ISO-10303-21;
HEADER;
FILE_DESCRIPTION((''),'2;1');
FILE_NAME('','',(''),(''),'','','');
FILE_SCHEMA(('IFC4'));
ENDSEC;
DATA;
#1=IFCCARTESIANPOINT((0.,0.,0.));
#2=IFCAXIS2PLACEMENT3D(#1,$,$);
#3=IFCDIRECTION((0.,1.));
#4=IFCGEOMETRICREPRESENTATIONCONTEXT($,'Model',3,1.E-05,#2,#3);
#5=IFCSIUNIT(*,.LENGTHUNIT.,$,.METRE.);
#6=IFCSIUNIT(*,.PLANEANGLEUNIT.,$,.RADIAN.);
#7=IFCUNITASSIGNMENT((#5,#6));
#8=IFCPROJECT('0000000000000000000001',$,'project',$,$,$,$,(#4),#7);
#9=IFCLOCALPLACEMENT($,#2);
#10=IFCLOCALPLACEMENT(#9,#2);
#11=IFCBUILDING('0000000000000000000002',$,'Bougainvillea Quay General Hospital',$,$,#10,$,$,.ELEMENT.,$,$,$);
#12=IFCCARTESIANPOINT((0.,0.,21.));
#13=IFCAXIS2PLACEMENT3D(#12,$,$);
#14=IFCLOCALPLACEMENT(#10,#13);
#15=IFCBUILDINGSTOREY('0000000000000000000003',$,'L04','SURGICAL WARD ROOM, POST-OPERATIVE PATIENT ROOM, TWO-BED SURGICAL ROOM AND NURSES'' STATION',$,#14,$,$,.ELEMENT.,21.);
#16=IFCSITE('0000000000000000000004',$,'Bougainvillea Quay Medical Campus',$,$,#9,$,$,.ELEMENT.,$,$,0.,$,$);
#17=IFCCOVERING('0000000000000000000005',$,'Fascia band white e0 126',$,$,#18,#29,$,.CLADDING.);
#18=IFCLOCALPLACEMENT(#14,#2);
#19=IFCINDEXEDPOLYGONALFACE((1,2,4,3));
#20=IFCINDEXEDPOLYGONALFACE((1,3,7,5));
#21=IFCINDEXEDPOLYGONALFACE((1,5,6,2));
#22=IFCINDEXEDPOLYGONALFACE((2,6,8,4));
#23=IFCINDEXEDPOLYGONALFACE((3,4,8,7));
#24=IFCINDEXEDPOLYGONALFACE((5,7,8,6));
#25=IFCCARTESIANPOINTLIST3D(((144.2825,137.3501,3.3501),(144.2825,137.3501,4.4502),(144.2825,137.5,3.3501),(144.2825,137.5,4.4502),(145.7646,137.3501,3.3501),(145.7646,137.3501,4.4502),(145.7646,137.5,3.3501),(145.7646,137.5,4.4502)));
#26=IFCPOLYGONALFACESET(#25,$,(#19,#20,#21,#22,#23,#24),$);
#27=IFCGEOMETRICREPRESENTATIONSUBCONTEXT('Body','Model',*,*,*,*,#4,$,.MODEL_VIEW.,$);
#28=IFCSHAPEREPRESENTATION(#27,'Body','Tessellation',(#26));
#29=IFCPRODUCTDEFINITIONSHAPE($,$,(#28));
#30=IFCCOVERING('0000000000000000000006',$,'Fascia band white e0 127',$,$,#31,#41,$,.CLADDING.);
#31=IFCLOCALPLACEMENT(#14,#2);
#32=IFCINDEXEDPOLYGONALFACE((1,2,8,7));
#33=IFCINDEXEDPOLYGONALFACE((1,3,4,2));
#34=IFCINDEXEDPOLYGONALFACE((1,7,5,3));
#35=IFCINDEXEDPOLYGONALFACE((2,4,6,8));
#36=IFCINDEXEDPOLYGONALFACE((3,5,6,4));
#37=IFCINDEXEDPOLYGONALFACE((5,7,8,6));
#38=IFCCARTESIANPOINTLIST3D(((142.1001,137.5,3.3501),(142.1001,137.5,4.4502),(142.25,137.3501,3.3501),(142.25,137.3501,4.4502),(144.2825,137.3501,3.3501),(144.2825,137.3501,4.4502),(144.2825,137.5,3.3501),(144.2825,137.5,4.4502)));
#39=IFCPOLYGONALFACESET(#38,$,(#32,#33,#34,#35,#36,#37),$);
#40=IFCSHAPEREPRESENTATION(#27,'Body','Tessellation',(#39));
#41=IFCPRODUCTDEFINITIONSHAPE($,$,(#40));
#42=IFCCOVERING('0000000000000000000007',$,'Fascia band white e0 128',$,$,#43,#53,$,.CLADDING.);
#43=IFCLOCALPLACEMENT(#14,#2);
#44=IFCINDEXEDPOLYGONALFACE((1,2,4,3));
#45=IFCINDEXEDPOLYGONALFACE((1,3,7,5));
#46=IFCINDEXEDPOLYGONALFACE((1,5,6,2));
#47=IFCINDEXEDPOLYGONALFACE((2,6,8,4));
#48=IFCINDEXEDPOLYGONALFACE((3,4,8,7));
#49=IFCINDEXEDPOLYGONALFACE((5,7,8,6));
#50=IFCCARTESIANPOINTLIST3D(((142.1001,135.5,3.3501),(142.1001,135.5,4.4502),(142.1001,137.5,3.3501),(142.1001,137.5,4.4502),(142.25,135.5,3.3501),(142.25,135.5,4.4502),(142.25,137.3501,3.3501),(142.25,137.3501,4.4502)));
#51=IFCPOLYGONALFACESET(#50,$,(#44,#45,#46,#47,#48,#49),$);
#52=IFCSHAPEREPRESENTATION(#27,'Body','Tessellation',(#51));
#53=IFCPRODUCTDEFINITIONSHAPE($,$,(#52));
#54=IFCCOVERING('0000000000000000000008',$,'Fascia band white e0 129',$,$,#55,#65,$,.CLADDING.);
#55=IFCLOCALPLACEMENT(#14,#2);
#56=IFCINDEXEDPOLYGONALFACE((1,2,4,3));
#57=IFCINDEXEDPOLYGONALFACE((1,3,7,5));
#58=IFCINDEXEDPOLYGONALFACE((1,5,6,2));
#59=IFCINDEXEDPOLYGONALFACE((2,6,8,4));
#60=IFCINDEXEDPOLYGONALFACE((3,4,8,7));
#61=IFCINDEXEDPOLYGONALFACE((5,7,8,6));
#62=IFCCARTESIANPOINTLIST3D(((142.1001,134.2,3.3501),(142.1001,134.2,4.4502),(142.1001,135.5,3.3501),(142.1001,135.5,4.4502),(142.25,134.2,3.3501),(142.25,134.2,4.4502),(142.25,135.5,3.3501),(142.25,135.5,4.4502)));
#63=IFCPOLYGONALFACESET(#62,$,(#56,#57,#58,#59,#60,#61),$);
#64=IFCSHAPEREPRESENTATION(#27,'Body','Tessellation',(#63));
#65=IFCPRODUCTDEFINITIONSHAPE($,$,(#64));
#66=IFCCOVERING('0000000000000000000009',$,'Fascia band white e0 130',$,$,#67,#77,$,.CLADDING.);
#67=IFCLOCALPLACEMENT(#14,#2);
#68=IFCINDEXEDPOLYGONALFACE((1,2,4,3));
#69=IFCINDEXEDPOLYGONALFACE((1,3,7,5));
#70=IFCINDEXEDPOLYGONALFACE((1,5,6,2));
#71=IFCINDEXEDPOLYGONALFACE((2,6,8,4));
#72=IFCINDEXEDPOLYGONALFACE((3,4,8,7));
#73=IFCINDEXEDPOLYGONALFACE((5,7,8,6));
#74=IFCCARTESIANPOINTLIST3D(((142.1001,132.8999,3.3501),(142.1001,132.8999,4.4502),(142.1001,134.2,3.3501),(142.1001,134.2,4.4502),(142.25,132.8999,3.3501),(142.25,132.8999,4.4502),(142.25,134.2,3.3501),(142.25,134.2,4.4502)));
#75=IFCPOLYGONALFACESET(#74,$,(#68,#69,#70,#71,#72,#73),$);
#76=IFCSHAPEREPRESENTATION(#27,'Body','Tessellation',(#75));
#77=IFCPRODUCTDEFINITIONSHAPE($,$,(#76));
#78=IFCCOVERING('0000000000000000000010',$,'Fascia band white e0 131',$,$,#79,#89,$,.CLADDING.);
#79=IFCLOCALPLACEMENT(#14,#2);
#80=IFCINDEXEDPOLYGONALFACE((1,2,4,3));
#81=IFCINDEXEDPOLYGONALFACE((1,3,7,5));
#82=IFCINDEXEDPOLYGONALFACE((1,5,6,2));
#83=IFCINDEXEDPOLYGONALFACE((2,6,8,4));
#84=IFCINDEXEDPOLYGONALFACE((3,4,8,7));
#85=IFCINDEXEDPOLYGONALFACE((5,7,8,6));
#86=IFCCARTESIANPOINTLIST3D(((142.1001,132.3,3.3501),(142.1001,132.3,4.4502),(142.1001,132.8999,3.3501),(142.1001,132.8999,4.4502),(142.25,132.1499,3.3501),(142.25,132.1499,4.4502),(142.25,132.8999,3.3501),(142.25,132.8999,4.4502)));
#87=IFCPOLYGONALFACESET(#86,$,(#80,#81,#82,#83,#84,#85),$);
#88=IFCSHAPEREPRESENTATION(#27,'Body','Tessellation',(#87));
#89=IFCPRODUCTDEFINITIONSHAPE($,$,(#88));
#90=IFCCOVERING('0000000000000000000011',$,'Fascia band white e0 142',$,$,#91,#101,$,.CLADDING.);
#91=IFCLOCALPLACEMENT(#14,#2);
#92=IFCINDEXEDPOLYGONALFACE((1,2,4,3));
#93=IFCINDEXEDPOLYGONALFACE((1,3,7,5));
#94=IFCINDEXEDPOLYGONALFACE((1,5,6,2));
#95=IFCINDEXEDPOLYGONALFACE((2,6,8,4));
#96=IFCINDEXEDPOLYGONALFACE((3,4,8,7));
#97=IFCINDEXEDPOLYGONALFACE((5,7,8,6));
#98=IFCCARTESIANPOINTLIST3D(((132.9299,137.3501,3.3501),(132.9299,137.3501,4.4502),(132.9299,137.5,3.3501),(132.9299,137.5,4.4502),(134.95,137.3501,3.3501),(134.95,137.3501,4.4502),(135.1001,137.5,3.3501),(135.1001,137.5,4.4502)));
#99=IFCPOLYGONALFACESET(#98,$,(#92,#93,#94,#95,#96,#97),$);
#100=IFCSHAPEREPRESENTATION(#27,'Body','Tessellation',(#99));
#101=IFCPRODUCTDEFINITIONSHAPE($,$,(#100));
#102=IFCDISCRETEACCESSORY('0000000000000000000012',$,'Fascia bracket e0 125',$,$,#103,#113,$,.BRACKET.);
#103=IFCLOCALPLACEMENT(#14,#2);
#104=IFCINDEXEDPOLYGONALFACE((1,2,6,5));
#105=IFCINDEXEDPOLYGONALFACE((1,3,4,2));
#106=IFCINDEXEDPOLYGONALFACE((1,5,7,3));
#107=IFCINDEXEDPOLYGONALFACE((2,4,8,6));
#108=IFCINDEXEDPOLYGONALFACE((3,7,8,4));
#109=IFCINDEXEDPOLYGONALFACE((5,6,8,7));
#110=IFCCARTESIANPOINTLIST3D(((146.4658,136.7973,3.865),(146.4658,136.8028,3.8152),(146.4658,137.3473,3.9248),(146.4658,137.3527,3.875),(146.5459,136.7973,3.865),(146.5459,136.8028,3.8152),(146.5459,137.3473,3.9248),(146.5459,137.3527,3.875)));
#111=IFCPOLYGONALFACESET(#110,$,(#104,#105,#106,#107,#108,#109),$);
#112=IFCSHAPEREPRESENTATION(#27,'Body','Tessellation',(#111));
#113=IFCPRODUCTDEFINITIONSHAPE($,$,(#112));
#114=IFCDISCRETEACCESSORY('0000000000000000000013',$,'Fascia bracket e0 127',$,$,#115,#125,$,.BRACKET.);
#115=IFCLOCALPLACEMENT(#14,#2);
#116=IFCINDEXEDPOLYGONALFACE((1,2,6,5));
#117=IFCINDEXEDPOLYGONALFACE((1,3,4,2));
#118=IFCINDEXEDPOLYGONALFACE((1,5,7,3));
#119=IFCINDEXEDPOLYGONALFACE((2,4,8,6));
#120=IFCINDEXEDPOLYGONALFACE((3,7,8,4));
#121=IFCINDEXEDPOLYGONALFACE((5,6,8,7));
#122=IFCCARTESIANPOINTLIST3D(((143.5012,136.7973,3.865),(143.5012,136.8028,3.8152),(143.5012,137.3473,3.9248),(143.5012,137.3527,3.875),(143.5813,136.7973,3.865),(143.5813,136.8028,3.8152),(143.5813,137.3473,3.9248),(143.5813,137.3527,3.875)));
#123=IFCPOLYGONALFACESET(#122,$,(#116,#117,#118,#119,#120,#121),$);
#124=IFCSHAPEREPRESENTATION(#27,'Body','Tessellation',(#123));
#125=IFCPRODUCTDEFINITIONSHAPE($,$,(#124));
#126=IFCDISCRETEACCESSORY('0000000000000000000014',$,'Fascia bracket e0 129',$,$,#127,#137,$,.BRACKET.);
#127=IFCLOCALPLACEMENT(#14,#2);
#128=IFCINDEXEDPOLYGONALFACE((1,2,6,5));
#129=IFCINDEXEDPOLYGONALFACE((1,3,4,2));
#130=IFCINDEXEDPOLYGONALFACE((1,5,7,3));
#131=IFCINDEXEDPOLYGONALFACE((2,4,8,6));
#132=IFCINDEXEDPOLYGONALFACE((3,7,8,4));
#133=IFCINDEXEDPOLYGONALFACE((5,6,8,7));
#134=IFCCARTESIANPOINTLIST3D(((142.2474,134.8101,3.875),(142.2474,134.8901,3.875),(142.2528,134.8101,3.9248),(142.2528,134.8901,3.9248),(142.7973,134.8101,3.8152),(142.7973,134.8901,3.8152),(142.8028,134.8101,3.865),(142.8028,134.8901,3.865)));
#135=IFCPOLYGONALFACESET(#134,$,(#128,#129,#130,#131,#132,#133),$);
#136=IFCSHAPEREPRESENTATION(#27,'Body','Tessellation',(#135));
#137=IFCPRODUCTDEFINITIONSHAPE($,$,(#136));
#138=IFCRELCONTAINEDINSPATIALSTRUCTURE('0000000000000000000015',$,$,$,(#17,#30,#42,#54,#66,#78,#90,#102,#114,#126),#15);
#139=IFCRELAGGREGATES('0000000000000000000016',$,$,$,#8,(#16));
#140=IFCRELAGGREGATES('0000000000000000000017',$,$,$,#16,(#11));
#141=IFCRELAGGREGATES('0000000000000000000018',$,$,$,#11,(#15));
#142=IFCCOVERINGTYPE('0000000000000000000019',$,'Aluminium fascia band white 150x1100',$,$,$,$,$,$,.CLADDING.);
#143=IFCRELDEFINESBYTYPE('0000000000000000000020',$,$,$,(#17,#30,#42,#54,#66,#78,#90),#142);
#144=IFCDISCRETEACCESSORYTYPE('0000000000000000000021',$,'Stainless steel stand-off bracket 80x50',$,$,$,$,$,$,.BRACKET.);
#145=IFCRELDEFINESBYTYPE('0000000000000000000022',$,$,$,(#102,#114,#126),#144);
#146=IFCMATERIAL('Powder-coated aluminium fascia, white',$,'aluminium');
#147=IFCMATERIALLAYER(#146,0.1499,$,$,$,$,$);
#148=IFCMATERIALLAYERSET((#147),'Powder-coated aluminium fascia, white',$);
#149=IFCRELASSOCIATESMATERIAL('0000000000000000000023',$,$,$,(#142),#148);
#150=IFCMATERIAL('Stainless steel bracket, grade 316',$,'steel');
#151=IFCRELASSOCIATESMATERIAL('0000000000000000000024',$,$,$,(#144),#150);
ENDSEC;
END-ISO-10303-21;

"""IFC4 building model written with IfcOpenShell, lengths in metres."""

from ifc_helpers import new_model, si_unit, direction, frame, origin, origin_2d, place, context, subcontext, project, spatial, polyline, rectangle, outline, extrude, material, layer, layer_set, material_profile, profile_set, type_object, element, save


model = new_model("IFC4")

# Units and contexts
model_context = context("Model", 3, precision=1e-05, world=origin(), true_north=direction((0.0, 1.0)))
body_context = subcontext(model_context, "Body", "Model", "MODEL_VIEW")
ifc_project = project(units=[si_unit("LENGTHUNIT", "METRE"), si_unit("PLANEANGLEUNIT", "RADIAN")], contexts=[model_context])

# Site, building, storey
site_placement = place(None, origin())
site = spatial("IfcSite", under=ifc_project, at=site_placement, Name="Bougainvillea Quay Medical Campus", CompositionType="ELEMENT", RefElevation=0.0)
building_placement = place(site_placement, origin())
building = spatial("IfcBuilding", under=site, at=building_placement, Name="Bougainvillea Quay General Hospital", CompositionType="ELEMENT")
storey_placement = place(building_placement, frame((0.0, 0.0, 21.0)))
storey = spatial("IfcBuildingStorey", under=building, at=storey_placement, Name="L04", Description="SURGICAL WARD ROOM, POST-OPERATIVE PATIENT ROOM, TWO-BED SURGICAL ROOM AND NURSES' STATION", CompositionType="ELEMENT", Elevation=21.0)

# Coverings
ifc_material_1 = material(Name="Powder-coated aluminium fascia, white", Category="aluminium")
ifc_layer_1 = layer(ifc_material_1, 0.1499)
ifc_layer_set_1 = layer_set([ifc_layer_1], Name="Powder-coated aluminium fascia, white")
covering_type = type_object("IfcCoveringType", Name="Aluminium fascia band white 150x1100", PredefinedType="CLADDING", material=ifc_layer_set_1)
covering_1_placement = place(storey_placement, frame((145.7646, 137.3501, 3.3501), z_axis=(0.0, 0.0, 1.0), x_axis=(-1.0, 0.0, 0.0)))
element("IfcCovering", 1, at=covering_1_placement, inside=storey, type_object=covering_type, Name="Fascia band white e0 126", PredefinedType="CLADDING", context=body_context, shape_type="SweptSolid", body=[
    extrude(outline(polyline([(0.0, 0.0), (1.4822, 0.0), (1.4822, -0.1499), (0.0, -0.1499), (0.0, 0.0)])), origin(), (0.0, 0.0, 1.0), 1.1001),
])
covering_2_placement = place(storey_placement, frame((144.2825, 137.3501, 3.3501), z_axis=(0.0, 0.0, 1.0), x_axis=(-1.0, 0.0, 0.0)))
element("IfcCovering", 2, at=covering_2_placement, inside=storey, type_object=covering_type, Name="Fascia band white e0 127", PredefinedType="CLADDING", context=body_context, shape_type="SweptSolid", body=[
    extrude(outline(polyline([(0.0, 0.0), (2.0325, 0.0), (2.1824, -0.1499), (0.0, -0.1499), (0.0, 0.0)])), origin(), (0.0, 0.0, 1.0), 1.1001),
])
covering_3_placement = place(storey_placement, frame((142.25, 137.3501, 3.3501), z_axis=(0.0, 0.0, 1.0), x_axis=(0.0, -1.0, 0.0)))
element("IfcCovering", 3, at=covering_3_placement, inside=storey, type_object=covering_type, Name="Fascia band white e0 128", PredefinedType="CLADDING", context=body_context, shape_type="SweptSolid", body=[
    extrude(outline(polyline([(0.0, 0.0), (1.8501, 0.0), (1.8501, -0.1499), (-0.1499, -0.1499), (0.0, 0.0)])), origin(), (0.0, 0.0, 1.0), 1.1001),
])
for number, where, z_axis, x_axis, name in (
    (4, (142.25, 135.5, 3.3501), (0.0, 0.0, 1.0), (0.0, -1.0, 0.0), "Fascia band white e0 129"),
    (5, (142.25, 134.2, 3.3501), (0.0, 0.0, 1.0), (0.0, -1.0, 0.0), "Fascia band white e0 130"),
):
    element("IfcCovering", number, at=place(storey_placement, frame(where, z_axis=z_axis, x_axis=x_axis)), inside=storey, type_object=covering_type, Name=name, PredefinedType="CLADDING", context=body_context, shape_type="SweptSolid", body=[
        extrude(outline(polyline([(0.0, 0.0), (1.3, 0.0), (1.3, -0.1499), (0.0, -0.1499), (0.0, 0.0)])), origin(), (0.0, 0.0, 1.0), 1.1001),
    ])
covering_4_placement = place(storey_placement, frame((142.25, 132.8999, 3.3501), z_axis=(0.0, 0.0, 1.0), x_axis=(0.0, -1.0, 0.0)))
element("IfcCovering", 6, at=covering_4_placement, inside=storey, type_object=covering_type, Name="Fascia band white e0 131", PredefinedType="CLADDING", context=body_context, shape_type="SweptSolid", body=[
    extrude(outline(polyline([(0.0, 0.0), (0.75, 0.0), (0.5999, -0.1499), (0.0, -0.1499), (0.0, 0.0)])), origin(), (0.0, 0.0, 1.0), 1.1001),
])
covering_5_placement = place(storey_placement, frame((134.95, 137.3501, 3.3501), z_axis=(0.0, 0.0, 1.0), x_axis=(-1.0, 0.0, 0.0)))
element("IfcCovering", 7, at=covering_5_placement, inside=storey, type_object=covering_type, Name="Fascia band white e0 142", PredefinedType="CLADDING", context=body_context, shape_type="SweptSolid", body=[
    extrude(outline(polyline([(0.0, 0.0), (2.02, 0.0), (2.02, -0.1499), (-0.1501, -0.1499), (0.0, 0.0)])), origin(), (0.0, 0.0, 1.0), 1.1001),
])

# Discrete accessories
ifc_material_2 = material(Name="Stainless steel bracket, grade 316", Category="steel")
ifc_material_profile_1 = material_profile(ifc_material_2, rectangle(XDim=0.0801, YDim=0.05, at=origin_2d()))
ifc_profile_set_1 = profile_set([ifc_material_profile_1], Name="Stainless steel bracket, grade 316")
discrete_accessory_type = type_object("IfcDiscreteAccessoryType", Name="Stainless steel stand-off bracket 80x50", PredefinedType="BRACKET", material=ifc_profile_set_1)
for number, where, z_axis, x_axis, name in (
    (8, (146.5059, 136.8, 3.8401), (0.0, 0.994139, 0.108107), (-1.0, 0.0, 0.0), "Fascia bracket e0 125"),
    (9, (143.5413, 136.8, 3.8401), (0.0, 0.994139, 0.108107), (-1.0, 0.0, 0.0), "Fascia bracket e0 127"),
    (10, (142.8, 134.8501, 3.8401), (-0.994139, 0.0, 0.108107), (0.0, -1.0, 0.0), "Fascia bracket e0 129"),
):
    element("IfcDiscreteAccessory", number, at=place(storey_placement, frame(where, z_axis=z_axis, x_axis=x_axis)), inside=storey, type_object=discrete_accessory_type, Name=name, PredefinedType="BRACKET", context=body_context, shape_type="SweptSolid", body=[
        extrude(rectangle(XDim=0.0801, YDim=0.05, at=origin_2d()), origin(), (0.0, 0.0, 1.0), 0.5532),
    ])

save(model, "model.ifc")
